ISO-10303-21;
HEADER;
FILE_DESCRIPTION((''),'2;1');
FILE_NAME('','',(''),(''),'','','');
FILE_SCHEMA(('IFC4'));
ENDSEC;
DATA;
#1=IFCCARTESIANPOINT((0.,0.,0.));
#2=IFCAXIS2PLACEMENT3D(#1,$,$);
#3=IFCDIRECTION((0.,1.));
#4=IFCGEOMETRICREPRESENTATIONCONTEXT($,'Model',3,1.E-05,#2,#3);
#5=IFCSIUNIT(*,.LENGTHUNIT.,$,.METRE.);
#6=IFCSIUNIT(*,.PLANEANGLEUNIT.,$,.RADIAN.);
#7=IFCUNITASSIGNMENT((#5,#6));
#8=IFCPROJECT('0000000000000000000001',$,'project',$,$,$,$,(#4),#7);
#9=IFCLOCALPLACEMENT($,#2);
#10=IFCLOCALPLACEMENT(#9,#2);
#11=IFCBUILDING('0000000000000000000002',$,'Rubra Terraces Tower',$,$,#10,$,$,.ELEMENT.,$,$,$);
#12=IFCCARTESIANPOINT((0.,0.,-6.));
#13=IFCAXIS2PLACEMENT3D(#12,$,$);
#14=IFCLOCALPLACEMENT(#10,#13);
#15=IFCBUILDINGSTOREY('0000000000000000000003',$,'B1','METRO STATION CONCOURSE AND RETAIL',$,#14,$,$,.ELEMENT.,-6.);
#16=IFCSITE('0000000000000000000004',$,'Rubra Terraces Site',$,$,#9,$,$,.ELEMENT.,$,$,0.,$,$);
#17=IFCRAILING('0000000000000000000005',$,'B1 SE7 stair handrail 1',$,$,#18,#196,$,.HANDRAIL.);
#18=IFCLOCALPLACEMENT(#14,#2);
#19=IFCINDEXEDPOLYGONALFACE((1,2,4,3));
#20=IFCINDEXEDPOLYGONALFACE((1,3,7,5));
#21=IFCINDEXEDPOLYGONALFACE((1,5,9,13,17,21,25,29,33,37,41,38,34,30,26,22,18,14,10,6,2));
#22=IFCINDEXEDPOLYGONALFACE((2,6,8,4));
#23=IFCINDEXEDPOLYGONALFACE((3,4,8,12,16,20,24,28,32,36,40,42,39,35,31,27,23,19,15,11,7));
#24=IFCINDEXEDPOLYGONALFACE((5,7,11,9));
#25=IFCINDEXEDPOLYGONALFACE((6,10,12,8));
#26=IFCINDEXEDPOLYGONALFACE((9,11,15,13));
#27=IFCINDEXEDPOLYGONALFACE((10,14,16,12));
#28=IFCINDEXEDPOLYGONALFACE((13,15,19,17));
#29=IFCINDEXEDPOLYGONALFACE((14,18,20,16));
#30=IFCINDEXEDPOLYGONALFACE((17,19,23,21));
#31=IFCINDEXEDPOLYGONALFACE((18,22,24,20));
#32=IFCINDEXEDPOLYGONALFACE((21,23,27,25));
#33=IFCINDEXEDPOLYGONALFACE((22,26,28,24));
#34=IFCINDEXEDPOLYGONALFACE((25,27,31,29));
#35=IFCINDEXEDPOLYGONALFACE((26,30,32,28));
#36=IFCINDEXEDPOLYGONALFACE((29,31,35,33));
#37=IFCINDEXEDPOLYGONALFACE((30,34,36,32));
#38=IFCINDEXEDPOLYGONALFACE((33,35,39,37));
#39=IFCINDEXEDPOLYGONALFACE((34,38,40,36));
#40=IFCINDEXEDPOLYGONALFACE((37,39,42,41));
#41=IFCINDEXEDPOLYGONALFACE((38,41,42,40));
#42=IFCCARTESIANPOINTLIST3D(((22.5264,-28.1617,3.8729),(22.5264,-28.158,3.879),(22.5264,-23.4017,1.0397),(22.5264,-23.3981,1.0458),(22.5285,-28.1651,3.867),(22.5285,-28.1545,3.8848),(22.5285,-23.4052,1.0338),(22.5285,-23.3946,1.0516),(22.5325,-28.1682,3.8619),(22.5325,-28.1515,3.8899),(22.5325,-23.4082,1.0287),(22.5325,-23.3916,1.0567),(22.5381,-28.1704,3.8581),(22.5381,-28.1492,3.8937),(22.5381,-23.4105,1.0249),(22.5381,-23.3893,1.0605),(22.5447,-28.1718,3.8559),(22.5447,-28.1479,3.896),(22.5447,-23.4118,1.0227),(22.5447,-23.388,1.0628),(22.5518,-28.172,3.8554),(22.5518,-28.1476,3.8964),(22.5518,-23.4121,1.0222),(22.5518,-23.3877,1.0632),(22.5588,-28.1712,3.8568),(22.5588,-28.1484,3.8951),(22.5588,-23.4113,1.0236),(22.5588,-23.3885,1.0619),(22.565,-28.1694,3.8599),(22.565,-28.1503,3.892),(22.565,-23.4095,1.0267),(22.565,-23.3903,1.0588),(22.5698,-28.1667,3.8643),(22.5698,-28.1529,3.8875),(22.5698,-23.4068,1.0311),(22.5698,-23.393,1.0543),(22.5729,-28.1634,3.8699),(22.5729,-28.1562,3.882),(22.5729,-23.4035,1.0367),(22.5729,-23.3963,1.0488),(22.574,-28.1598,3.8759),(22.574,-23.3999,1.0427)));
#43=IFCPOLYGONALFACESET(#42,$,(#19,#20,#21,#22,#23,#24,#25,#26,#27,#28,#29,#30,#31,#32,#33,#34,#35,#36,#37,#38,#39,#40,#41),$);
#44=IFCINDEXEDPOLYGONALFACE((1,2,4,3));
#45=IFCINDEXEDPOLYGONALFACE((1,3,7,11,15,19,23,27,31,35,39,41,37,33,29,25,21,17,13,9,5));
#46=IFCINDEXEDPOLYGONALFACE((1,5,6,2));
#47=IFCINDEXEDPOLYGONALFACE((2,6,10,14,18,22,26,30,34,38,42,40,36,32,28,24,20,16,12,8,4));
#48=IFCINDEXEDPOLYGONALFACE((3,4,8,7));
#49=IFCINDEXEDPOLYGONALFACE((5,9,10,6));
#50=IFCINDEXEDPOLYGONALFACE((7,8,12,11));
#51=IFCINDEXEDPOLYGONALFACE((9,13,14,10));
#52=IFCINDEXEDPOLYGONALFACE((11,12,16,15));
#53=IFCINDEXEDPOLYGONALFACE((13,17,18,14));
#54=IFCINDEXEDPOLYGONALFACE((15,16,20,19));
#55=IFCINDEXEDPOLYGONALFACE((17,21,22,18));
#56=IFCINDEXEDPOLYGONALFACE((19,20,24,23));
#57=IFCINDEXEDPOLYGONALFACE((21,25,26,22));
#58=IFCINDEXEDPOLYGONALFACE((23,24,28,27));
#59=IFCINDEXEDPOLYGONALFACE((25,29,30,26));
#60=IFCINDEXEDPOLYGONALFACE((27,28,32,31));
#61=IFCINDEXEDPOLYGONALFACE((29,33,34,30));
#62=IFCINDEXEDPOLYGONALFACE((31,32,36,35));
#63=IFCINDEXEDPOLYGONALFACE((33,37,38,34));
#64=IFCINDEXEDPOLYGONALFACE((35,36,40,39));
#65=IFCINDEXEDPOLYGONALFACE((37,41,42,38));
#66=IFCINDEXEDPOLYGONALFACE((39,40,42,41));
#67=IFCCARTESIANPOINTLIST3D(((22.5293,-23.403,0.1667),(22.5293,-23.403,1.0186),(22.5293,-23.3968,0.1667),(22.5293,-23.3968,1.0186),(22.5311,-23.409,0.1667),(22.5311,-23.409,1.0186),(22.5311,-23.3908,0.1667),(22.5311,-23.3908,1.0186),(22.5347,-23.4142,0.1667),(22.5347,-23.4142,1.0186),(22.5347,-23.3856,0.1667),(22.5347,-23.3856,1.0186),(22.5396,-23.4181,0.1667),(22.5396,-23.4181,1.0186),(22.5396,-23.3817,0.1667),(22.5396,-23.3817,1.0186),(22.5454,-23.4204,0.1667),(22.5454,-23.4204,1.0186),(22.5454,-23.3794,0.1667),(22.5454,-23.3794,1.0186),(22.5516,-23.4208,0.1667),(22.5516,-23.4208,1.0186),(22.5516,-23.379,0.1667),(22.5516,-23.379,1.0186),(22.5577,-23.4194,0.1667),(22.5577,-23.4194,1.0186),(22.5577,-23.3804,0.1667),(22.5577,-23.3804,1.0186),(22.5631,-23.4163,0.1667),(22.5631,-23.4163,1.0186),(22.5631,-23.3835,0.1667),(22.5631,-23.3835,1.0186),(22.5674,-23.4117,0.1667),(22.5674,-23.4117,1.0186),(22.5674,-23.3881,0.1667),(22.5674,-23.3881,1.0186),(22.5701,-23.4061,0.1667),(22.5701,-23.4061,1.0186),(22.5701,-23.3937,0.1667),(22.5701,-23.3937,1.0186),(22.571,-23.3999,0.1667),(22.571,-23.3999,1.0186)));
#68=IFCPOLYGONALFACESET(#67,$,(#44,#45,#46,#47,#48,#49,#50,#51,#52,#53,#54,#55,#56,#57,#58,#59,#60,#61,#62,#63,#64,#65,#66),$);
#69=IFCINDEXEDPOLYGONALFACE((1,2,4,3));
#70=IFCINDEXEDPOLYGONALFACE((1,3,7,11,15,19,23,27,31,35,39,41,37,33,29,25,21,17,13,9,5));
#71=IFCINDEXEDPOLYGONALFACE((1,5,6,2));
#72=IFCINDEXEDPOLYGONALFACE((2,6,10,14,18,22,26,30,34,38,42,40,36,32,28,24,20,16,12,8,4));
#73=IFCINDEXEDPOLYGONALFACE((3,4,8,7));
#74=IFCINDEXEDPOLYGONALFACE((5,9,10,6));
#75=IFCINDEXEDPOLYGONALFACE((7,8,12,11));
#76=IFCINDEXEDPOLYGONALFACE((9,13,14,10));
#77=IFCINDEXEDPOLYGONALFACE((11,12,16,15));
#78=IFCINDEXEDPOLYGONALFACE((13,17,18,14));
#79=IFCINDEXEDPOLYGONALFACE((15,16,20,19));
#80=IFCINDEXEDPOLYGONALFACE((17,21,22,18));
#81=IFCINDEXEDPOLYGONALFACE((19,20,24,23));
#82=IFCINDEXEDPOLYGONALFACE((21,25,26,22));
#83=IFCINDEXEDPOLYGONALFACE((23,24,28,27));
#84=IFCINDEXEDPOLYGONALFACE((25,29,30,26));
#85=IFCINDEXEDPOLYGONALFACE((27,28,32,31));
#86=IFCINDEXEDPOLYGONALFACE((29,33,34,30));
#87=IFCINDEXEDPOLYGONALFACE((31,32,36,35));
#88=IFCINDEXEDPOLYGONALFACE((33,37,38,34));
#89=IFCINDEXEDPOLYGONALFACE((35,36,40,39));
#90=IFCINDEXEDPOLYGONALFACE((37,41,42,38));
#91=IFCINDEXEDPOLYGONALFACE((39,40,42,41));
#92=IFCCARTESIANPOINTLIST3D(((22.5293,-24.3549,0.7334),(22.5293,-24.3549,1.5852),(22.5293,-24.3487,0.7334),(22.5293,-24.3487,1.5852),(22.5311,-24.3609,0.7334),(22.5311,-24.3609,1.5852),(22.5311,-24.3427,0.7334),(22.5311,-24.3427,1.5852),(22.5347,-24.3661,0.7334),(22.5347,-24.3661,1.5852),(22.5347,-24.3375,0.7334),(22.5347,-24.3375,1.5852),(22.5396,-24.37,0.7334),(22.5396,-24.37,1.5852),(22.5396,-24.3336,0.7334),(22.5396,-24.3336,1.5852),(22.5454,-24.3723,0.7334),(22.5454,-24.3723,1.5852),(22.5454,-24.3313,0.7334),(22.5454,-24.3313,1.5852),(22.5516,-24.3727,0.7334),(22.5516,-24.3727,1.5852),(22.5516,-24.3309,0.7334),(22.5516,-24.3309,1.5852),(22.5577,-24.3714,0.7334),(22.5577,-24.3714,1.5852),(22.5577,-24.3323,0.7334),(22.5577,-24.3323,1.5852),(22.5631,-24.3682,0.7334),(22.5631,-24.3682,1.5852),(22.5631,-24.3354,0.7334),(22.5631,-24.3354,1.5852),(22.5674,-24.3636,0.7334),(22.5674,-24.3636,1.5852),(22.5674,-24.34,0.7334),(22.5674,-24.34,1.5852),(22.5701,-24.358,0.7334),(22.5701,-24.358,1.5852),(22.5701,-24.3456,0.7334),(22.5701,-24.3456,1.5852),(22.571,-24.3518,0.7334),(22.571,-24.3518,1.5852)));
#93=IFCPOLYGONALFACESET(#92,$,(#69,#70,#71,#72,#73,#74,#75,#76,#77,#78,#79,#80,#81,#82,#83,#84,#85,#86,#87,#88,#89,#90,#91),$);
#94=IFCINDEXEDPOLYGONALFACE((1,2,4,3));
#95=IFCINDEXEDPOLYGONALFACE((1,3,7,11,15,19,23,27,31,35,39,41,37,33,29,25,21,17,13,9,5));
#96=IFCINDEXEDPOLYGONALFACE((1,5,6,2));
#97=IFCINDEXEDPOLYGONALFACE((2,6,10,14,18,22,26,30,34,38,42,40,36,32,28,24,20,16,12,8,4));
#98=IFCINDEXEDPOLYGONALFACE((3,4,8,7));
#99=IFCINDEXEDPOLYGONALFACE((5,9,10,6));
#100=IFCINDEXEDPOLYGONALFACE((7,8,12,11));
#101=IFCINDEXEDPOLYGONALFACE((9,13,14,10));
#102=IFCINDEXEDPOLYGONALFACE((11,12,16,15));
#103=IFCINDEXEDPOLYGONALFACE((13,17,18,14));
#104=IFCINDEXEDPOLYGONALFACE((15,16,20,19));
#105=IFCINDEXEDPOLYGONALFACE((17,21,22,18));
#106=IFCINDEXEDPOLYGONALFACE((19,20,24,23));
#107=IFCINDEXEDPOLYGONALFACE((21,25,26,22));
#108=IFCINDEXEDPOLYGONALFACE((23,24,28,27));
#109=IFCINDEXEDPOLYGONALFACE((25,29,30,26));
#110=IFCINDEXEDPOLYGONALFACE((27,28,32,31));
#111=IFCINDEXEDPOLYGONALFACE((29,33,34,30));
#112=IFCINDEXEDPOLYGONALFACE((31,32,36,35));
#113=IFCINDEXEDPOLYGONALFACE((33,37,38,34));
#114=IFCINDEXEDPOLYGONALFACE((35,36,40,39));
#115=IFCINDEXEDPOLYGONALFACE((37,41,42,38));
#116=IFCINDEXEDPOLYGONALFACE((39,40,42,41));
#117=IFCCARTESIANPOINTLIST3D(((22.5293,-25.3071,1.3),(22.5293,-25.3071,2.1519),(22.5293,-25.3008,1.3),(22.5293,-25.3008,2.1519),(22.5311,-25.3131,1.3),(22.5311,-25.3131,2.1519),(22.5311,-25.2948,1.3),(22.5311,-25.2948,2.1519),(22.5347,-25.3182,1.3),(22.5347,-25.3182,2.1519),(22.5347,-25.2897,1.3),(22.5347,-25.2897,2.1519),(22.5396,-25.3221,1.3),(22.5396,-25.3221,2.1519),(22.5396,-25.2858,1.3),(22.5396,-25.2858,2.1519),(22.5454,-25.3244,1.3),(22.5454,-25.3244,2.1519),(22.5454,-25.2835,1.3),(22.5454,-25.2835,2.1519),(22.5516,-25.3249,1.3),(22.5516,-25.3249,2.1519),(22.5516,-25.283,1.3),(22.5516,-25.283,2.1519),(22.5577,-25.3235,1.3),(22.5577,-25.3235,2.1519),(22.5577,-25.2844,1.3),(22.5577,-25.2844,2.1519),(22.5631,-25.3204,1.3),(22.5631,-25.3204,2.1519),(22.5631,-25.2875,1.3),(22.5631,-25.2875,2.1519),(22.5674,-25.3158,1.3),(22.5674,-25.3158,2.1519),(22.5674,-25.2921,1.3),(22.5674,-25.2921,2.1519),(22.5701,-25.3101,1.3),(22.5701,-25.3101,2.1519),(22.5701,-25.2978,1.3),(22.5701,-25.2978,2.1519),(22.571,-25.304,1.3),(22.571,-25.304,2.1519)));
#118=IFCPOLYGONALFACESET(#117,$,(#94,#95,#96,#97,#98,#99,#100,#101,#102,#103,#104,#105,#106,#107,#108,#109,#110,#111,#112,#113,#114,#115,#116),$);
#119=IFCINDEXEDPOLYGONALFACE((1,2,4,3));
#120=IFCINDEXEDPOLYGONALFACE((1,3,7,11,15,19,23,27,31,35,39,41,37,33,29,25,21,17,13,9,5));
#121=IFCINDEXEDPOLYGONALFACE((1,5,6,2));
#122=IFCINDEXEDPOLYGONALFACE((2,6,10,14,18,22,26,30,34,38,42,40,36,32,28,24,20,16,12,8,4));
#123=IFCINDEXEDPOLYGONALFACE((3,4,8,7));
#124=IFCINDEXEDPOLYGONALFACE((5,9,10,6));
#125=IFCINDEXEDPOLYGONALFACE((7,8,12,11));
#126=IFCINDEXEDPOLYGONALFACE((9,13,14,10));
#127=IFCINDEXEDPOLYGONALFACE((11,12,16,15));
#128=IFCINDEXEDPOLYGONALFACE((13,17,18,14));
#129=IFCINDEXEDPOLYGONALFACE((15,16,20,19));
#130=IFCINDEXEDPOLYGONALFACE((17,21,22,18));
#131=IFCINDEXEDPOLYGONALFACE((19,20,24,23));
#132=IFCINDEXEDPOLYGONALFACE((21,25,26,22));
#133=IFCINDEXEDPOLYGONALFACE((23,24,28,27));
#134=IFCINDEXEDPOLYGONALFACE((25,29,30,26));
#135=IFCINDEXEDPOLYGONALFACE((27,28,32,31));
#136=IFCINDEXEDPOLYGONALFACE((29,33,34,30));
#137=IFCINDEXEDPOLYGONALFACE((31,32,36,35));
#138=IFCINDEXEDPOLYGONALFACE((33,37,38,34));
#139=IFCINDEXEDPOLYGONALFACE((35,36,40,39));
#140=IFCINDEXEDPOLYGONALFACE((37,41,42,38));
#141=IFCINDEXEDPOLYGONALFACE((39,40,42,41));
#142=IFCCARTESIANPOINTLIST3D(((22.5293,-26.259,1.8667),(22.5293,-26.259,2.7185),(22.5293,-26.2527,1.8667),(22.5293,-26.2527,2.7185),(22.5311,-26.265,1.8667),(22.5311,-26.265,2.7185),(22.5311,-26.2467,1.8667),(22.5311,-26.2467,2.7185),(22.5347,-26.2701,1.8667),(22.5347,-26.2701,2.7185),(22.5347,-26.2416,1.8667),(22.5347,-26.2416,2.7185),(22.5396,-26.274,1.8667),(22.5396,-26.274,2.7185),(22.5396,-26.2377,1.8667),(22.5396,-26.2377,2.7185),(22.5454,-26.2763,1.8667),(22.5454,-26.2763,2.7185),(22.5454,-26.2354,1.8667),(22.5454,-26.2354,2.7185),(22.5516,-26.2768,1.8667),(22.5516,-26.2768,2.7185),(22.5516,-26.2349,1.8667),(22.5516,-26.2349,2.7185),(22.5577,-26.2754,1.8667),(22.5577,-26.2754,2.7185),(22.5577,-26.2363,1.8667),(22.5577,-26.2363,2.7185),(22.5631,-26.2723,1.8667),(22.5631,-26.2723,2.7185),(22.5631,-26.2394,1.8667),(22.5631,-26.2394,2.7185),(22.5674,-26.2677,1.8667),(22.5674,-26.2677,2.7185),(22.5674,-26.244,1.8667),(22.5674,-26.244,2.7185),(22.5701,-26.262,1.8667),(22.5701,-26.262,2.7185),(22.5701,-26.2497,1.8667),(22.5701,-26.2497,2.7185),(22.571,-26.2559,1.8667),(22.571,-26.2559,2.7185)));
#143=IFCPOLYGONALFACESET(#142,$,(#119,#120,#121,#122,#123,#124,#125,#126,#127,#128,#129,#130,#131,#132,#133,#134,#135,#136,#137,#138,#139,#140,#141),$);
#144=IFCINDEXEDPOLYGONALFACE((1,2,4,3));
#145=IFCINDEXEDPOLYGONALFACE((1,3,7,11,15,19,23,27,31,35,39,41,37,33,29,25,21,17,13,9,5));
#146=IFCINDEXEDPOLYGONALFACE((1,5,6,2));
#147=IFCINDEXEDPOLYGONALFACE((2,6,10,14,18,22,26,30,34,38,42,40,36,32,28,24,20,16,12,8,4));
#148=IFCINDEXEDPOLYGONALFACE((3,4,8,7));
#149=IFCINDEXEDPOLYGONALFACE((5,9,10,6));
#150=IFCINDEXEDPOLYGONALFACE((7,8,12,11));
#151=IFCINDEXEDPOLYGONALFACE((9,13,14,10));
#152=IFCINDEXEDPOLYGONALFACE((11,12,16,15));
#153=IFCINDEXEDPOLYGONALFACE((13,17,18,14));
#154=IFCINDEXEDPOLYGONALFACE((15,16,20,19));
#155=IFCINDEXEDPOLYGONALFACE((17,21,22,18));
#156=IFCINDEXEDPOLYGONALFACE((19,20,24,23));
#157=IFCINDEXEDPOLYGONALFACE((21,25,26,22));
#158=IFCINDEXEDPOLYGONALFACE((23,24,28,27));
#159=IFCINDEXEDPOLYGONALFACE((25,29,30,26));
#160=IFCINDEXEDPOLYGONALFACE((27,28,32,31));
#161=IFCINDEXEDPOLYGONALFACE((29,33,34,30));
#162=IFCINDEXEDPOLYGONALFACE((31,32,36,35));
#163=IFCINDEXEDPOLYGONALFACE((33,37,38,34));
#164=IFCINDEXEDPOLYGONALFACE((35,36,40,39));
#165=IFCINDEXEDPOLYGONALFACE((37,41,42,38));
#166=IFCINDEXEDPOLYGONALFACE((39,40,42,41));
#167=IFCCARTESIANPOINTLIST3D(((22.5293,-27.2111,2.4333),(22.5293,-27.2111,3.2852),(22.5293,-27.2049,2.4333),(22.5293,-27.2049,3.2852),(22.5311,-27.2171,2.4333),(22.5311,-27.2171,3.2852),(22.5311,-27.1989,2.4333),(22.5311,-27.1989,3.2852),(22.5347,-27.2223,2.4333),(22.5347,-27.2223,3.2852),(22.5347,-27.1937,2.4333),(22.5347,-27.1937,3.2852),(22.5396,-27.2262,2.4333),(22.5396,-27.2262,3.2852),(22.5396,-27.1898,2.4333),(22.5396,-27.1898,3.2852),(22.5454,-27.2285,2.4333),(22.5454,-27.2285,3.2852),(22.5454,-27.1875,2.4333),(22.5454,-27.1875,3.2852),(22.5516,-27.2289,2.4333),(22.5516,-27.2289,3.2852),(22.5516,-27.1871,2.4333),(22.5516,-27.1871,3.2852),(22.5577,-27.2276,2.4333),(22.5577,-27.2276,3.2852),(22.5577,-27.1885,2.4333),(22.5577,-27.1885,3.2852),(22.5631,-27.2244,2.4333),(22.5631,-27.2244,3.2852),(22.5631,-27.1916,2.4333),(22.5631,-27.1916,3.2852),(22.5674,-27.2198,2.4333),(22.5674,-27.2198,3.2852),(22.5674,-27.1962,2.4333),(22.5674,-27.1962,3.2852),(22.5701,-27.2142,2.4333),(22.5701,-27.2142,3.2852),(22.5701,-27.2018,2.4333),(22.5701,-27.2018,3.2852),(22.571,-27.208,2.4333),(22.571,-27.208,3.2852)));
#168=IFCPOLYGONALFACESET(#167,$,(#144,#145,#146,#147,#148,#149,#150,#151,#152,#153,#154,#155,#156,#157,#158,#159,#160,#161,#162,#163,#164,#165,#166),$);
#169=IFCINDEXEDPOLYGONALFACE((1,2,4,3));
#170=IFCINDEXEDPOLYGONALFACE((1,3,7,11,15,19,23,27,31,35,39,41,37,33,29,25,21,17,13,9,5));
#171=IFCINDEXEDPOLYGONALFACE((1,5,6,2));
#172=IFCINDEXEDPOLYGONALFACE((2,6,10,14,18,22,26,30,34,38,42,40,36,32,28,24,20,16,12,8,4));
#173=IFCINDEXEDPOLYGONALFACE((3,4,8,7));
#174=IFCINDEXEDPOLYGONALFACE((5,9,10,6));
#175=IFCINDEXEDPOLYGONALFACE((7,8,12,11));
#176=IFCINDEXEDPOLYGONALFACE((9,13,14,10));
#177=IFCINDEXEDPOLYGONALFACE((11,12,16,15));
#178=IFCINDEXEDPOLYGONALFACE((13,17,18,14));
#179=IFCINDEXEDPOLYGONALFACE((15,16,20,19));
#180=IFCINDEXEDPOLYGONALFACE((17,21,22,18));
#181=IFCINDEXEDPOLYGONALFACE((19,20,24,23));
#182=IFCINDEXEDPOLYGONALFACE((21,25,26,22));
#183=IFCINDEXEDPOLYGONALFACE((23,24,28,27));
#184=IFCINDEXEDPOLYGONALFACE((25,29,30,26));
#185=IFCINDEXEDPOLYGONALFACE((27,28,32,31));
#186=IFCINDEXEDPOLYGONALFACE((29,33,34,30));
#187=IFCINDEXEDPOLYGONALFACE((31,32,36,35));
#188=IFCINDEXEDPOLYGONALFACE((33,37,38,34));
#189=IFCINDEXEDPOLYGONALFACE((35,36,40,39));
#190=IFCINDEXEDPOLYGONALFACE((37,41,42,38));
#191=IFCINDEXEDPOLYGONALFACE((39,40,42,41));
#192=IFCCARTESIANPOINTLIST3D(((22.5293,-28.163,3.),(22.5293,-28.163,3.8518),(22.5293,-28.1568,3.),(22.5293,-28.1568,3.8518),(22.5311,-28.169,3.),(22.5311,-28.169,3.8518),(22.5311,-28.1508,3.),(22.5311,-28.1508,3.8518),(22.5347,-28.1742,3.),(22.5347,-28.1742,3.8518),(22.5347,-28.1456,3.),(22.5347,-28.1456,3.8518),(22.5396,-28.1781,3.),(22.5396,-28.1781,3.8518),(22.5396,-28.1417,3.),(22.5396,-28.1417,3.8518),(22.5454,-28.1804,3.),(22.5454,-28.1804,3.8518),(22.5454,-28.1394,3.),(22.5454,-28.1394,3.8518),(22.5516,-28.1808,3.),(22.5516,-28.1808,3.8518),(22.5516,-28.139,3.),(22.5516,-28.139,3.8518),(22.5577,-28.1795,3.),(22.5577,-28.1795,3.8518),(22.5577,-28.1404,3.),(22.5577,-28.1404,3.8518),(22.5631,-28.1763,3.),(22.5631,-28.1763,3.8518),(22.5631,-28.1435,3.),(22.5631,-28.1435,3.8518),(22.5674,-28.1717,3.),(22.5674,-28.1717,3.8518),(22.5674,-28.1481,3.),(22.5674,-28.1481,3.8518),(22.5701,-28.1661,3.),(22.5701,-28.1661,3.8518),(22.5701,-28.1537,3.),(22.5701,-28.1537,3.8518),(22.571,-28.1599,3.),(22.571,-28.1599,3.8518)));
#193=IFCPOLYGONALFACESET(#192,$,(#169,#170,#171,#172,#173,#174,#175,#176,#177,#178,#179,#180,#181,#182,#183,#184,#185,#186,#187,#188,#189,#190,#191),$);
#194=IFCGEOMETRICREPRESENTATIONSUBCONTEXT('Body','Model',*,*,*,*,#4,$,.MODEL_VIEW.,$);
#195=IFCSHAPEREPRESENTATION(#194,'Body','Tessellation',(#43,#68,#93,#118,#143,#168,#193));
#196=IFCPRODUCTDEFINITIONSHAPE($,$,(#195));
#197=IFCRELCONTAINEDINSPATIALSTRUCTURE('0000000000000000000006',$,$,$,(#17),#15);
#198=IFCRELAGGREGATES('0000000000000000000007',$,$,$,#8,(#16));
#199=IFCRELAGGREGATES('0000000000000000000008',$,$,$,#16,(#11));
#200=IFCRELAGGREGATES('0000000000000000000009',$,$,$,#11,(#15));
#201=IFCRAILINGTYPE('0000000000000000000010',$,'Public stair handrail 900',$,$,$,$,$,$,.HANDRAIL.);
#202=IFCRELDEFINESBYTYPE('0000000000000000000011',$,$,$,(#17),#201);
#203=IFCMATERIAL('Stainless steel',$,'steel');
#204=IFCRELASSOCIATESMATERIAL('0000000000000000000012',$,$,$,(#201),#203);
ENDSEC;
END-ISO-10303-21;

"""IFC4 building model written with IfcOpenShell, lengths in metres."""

from ifc_helpers import new_model, si_unit, direction, frame, origin, origin_2d, place, context, subcontext, project, spatial, circle, extrude, material, type_object, element, save


model = new_model("IFC4")

# Units and contexts
model_context = context("Model", 3, precision=1e-05, world=origin(), true_north=direction((0.0, 1.0)))
body_context = subcontext(model_context, "Body", "Model", "MODEL_VIEW")
ifc_project = project(units=[si_unit("LENGTHUNIT", "METRE"), si_unit("PLANEANGLEUNIT", "RADIAN")], contexts=[model_context])

# Site, building, storey
site_placement = place(None, origin())
site = spatial("IfcSite", under=ifc_project, at=site_placement, Name="Rubra Terraces Site", CompositionType="ELEMENT", RefElevation=0.0)
building_placement = place(site_placement, origin())
building = spatial("IfcBuilding", under=site, at=building_placement, Name="Rubra Terraces Tower", CompositionType="ELEMENT")
storey_placement = place(building_placement, frame((0.0, 0.0, -6.0)))
storey = spatial("IfcBuildingStorey", under=building, at=storey_placement, Name="B1", Description="METRO STATION CONCOURSE AND RETAIL", CompositionType="ELEMENT", Elevation=-6.0)

# Railing
ifc_material_1 = material(Name="Stainless steel", Category="steel")
railing_type_1 = type_object("IfcRailingType", Name="Public stair handrail 900", PredefinedType="HANDRAIL", material=ifc_material_1)
railing_1_placement = place(storey_placement, frame((22.55, -23.3999, 0.1667)))
element("IfcRailing", 1, at=railing_1_placement, inside=storey, type_object=railing_type_1, Name="B1 SE7 stair handrail 1", PredefinedType="HANDRAIL", context=body_context, shape_type="SweptSolid", body=[
    extrude(circle(Radius=0.0239, at=origin_2d()), frame((0.0, 0.0, 0.876), z_axis=(0.0, -0.8593, 0.511472), x_axis=(1.0, 0.0, 0.0)), (0.0, 0.0, 1.0), 5.5393),
    extrude(circle(Radius=0.021, at=origin_2d()), origin(), (0.0, 0.0, 1.0), 0.8518),
    extrude(circle(Radius=0.021, at=origin_2d()), frame((0.0, -0.9519, 0.5667)), (0.0, 0.0, 1.0), 0.8518),
    extrude(circle(Radius=0.021, at=origin_2d()), frame((0.0, -1.9041, 1.1333)), (0.0, 0.0, 1.0), 0.8518),
    extrude(circle(Radius=0.021, at=origin_2d()), frame((0.0, -2.856, 1.7)), (0.0, 0.0, 1.0), 0.8518),
    extrude(circle(Radius=0.021, at=origin_2d()), frame((0.0, -3.8081, 2.2666)), (0.0, 0.0, 1.0), 0.8518),
    extrude(circle(Radius=0.021, at=origin_2d()), frame((0.0, -4.76, 2.8333)), (0.0, 0.0, 1.0), 0.8518),
])

save(model, "model.ifc")
